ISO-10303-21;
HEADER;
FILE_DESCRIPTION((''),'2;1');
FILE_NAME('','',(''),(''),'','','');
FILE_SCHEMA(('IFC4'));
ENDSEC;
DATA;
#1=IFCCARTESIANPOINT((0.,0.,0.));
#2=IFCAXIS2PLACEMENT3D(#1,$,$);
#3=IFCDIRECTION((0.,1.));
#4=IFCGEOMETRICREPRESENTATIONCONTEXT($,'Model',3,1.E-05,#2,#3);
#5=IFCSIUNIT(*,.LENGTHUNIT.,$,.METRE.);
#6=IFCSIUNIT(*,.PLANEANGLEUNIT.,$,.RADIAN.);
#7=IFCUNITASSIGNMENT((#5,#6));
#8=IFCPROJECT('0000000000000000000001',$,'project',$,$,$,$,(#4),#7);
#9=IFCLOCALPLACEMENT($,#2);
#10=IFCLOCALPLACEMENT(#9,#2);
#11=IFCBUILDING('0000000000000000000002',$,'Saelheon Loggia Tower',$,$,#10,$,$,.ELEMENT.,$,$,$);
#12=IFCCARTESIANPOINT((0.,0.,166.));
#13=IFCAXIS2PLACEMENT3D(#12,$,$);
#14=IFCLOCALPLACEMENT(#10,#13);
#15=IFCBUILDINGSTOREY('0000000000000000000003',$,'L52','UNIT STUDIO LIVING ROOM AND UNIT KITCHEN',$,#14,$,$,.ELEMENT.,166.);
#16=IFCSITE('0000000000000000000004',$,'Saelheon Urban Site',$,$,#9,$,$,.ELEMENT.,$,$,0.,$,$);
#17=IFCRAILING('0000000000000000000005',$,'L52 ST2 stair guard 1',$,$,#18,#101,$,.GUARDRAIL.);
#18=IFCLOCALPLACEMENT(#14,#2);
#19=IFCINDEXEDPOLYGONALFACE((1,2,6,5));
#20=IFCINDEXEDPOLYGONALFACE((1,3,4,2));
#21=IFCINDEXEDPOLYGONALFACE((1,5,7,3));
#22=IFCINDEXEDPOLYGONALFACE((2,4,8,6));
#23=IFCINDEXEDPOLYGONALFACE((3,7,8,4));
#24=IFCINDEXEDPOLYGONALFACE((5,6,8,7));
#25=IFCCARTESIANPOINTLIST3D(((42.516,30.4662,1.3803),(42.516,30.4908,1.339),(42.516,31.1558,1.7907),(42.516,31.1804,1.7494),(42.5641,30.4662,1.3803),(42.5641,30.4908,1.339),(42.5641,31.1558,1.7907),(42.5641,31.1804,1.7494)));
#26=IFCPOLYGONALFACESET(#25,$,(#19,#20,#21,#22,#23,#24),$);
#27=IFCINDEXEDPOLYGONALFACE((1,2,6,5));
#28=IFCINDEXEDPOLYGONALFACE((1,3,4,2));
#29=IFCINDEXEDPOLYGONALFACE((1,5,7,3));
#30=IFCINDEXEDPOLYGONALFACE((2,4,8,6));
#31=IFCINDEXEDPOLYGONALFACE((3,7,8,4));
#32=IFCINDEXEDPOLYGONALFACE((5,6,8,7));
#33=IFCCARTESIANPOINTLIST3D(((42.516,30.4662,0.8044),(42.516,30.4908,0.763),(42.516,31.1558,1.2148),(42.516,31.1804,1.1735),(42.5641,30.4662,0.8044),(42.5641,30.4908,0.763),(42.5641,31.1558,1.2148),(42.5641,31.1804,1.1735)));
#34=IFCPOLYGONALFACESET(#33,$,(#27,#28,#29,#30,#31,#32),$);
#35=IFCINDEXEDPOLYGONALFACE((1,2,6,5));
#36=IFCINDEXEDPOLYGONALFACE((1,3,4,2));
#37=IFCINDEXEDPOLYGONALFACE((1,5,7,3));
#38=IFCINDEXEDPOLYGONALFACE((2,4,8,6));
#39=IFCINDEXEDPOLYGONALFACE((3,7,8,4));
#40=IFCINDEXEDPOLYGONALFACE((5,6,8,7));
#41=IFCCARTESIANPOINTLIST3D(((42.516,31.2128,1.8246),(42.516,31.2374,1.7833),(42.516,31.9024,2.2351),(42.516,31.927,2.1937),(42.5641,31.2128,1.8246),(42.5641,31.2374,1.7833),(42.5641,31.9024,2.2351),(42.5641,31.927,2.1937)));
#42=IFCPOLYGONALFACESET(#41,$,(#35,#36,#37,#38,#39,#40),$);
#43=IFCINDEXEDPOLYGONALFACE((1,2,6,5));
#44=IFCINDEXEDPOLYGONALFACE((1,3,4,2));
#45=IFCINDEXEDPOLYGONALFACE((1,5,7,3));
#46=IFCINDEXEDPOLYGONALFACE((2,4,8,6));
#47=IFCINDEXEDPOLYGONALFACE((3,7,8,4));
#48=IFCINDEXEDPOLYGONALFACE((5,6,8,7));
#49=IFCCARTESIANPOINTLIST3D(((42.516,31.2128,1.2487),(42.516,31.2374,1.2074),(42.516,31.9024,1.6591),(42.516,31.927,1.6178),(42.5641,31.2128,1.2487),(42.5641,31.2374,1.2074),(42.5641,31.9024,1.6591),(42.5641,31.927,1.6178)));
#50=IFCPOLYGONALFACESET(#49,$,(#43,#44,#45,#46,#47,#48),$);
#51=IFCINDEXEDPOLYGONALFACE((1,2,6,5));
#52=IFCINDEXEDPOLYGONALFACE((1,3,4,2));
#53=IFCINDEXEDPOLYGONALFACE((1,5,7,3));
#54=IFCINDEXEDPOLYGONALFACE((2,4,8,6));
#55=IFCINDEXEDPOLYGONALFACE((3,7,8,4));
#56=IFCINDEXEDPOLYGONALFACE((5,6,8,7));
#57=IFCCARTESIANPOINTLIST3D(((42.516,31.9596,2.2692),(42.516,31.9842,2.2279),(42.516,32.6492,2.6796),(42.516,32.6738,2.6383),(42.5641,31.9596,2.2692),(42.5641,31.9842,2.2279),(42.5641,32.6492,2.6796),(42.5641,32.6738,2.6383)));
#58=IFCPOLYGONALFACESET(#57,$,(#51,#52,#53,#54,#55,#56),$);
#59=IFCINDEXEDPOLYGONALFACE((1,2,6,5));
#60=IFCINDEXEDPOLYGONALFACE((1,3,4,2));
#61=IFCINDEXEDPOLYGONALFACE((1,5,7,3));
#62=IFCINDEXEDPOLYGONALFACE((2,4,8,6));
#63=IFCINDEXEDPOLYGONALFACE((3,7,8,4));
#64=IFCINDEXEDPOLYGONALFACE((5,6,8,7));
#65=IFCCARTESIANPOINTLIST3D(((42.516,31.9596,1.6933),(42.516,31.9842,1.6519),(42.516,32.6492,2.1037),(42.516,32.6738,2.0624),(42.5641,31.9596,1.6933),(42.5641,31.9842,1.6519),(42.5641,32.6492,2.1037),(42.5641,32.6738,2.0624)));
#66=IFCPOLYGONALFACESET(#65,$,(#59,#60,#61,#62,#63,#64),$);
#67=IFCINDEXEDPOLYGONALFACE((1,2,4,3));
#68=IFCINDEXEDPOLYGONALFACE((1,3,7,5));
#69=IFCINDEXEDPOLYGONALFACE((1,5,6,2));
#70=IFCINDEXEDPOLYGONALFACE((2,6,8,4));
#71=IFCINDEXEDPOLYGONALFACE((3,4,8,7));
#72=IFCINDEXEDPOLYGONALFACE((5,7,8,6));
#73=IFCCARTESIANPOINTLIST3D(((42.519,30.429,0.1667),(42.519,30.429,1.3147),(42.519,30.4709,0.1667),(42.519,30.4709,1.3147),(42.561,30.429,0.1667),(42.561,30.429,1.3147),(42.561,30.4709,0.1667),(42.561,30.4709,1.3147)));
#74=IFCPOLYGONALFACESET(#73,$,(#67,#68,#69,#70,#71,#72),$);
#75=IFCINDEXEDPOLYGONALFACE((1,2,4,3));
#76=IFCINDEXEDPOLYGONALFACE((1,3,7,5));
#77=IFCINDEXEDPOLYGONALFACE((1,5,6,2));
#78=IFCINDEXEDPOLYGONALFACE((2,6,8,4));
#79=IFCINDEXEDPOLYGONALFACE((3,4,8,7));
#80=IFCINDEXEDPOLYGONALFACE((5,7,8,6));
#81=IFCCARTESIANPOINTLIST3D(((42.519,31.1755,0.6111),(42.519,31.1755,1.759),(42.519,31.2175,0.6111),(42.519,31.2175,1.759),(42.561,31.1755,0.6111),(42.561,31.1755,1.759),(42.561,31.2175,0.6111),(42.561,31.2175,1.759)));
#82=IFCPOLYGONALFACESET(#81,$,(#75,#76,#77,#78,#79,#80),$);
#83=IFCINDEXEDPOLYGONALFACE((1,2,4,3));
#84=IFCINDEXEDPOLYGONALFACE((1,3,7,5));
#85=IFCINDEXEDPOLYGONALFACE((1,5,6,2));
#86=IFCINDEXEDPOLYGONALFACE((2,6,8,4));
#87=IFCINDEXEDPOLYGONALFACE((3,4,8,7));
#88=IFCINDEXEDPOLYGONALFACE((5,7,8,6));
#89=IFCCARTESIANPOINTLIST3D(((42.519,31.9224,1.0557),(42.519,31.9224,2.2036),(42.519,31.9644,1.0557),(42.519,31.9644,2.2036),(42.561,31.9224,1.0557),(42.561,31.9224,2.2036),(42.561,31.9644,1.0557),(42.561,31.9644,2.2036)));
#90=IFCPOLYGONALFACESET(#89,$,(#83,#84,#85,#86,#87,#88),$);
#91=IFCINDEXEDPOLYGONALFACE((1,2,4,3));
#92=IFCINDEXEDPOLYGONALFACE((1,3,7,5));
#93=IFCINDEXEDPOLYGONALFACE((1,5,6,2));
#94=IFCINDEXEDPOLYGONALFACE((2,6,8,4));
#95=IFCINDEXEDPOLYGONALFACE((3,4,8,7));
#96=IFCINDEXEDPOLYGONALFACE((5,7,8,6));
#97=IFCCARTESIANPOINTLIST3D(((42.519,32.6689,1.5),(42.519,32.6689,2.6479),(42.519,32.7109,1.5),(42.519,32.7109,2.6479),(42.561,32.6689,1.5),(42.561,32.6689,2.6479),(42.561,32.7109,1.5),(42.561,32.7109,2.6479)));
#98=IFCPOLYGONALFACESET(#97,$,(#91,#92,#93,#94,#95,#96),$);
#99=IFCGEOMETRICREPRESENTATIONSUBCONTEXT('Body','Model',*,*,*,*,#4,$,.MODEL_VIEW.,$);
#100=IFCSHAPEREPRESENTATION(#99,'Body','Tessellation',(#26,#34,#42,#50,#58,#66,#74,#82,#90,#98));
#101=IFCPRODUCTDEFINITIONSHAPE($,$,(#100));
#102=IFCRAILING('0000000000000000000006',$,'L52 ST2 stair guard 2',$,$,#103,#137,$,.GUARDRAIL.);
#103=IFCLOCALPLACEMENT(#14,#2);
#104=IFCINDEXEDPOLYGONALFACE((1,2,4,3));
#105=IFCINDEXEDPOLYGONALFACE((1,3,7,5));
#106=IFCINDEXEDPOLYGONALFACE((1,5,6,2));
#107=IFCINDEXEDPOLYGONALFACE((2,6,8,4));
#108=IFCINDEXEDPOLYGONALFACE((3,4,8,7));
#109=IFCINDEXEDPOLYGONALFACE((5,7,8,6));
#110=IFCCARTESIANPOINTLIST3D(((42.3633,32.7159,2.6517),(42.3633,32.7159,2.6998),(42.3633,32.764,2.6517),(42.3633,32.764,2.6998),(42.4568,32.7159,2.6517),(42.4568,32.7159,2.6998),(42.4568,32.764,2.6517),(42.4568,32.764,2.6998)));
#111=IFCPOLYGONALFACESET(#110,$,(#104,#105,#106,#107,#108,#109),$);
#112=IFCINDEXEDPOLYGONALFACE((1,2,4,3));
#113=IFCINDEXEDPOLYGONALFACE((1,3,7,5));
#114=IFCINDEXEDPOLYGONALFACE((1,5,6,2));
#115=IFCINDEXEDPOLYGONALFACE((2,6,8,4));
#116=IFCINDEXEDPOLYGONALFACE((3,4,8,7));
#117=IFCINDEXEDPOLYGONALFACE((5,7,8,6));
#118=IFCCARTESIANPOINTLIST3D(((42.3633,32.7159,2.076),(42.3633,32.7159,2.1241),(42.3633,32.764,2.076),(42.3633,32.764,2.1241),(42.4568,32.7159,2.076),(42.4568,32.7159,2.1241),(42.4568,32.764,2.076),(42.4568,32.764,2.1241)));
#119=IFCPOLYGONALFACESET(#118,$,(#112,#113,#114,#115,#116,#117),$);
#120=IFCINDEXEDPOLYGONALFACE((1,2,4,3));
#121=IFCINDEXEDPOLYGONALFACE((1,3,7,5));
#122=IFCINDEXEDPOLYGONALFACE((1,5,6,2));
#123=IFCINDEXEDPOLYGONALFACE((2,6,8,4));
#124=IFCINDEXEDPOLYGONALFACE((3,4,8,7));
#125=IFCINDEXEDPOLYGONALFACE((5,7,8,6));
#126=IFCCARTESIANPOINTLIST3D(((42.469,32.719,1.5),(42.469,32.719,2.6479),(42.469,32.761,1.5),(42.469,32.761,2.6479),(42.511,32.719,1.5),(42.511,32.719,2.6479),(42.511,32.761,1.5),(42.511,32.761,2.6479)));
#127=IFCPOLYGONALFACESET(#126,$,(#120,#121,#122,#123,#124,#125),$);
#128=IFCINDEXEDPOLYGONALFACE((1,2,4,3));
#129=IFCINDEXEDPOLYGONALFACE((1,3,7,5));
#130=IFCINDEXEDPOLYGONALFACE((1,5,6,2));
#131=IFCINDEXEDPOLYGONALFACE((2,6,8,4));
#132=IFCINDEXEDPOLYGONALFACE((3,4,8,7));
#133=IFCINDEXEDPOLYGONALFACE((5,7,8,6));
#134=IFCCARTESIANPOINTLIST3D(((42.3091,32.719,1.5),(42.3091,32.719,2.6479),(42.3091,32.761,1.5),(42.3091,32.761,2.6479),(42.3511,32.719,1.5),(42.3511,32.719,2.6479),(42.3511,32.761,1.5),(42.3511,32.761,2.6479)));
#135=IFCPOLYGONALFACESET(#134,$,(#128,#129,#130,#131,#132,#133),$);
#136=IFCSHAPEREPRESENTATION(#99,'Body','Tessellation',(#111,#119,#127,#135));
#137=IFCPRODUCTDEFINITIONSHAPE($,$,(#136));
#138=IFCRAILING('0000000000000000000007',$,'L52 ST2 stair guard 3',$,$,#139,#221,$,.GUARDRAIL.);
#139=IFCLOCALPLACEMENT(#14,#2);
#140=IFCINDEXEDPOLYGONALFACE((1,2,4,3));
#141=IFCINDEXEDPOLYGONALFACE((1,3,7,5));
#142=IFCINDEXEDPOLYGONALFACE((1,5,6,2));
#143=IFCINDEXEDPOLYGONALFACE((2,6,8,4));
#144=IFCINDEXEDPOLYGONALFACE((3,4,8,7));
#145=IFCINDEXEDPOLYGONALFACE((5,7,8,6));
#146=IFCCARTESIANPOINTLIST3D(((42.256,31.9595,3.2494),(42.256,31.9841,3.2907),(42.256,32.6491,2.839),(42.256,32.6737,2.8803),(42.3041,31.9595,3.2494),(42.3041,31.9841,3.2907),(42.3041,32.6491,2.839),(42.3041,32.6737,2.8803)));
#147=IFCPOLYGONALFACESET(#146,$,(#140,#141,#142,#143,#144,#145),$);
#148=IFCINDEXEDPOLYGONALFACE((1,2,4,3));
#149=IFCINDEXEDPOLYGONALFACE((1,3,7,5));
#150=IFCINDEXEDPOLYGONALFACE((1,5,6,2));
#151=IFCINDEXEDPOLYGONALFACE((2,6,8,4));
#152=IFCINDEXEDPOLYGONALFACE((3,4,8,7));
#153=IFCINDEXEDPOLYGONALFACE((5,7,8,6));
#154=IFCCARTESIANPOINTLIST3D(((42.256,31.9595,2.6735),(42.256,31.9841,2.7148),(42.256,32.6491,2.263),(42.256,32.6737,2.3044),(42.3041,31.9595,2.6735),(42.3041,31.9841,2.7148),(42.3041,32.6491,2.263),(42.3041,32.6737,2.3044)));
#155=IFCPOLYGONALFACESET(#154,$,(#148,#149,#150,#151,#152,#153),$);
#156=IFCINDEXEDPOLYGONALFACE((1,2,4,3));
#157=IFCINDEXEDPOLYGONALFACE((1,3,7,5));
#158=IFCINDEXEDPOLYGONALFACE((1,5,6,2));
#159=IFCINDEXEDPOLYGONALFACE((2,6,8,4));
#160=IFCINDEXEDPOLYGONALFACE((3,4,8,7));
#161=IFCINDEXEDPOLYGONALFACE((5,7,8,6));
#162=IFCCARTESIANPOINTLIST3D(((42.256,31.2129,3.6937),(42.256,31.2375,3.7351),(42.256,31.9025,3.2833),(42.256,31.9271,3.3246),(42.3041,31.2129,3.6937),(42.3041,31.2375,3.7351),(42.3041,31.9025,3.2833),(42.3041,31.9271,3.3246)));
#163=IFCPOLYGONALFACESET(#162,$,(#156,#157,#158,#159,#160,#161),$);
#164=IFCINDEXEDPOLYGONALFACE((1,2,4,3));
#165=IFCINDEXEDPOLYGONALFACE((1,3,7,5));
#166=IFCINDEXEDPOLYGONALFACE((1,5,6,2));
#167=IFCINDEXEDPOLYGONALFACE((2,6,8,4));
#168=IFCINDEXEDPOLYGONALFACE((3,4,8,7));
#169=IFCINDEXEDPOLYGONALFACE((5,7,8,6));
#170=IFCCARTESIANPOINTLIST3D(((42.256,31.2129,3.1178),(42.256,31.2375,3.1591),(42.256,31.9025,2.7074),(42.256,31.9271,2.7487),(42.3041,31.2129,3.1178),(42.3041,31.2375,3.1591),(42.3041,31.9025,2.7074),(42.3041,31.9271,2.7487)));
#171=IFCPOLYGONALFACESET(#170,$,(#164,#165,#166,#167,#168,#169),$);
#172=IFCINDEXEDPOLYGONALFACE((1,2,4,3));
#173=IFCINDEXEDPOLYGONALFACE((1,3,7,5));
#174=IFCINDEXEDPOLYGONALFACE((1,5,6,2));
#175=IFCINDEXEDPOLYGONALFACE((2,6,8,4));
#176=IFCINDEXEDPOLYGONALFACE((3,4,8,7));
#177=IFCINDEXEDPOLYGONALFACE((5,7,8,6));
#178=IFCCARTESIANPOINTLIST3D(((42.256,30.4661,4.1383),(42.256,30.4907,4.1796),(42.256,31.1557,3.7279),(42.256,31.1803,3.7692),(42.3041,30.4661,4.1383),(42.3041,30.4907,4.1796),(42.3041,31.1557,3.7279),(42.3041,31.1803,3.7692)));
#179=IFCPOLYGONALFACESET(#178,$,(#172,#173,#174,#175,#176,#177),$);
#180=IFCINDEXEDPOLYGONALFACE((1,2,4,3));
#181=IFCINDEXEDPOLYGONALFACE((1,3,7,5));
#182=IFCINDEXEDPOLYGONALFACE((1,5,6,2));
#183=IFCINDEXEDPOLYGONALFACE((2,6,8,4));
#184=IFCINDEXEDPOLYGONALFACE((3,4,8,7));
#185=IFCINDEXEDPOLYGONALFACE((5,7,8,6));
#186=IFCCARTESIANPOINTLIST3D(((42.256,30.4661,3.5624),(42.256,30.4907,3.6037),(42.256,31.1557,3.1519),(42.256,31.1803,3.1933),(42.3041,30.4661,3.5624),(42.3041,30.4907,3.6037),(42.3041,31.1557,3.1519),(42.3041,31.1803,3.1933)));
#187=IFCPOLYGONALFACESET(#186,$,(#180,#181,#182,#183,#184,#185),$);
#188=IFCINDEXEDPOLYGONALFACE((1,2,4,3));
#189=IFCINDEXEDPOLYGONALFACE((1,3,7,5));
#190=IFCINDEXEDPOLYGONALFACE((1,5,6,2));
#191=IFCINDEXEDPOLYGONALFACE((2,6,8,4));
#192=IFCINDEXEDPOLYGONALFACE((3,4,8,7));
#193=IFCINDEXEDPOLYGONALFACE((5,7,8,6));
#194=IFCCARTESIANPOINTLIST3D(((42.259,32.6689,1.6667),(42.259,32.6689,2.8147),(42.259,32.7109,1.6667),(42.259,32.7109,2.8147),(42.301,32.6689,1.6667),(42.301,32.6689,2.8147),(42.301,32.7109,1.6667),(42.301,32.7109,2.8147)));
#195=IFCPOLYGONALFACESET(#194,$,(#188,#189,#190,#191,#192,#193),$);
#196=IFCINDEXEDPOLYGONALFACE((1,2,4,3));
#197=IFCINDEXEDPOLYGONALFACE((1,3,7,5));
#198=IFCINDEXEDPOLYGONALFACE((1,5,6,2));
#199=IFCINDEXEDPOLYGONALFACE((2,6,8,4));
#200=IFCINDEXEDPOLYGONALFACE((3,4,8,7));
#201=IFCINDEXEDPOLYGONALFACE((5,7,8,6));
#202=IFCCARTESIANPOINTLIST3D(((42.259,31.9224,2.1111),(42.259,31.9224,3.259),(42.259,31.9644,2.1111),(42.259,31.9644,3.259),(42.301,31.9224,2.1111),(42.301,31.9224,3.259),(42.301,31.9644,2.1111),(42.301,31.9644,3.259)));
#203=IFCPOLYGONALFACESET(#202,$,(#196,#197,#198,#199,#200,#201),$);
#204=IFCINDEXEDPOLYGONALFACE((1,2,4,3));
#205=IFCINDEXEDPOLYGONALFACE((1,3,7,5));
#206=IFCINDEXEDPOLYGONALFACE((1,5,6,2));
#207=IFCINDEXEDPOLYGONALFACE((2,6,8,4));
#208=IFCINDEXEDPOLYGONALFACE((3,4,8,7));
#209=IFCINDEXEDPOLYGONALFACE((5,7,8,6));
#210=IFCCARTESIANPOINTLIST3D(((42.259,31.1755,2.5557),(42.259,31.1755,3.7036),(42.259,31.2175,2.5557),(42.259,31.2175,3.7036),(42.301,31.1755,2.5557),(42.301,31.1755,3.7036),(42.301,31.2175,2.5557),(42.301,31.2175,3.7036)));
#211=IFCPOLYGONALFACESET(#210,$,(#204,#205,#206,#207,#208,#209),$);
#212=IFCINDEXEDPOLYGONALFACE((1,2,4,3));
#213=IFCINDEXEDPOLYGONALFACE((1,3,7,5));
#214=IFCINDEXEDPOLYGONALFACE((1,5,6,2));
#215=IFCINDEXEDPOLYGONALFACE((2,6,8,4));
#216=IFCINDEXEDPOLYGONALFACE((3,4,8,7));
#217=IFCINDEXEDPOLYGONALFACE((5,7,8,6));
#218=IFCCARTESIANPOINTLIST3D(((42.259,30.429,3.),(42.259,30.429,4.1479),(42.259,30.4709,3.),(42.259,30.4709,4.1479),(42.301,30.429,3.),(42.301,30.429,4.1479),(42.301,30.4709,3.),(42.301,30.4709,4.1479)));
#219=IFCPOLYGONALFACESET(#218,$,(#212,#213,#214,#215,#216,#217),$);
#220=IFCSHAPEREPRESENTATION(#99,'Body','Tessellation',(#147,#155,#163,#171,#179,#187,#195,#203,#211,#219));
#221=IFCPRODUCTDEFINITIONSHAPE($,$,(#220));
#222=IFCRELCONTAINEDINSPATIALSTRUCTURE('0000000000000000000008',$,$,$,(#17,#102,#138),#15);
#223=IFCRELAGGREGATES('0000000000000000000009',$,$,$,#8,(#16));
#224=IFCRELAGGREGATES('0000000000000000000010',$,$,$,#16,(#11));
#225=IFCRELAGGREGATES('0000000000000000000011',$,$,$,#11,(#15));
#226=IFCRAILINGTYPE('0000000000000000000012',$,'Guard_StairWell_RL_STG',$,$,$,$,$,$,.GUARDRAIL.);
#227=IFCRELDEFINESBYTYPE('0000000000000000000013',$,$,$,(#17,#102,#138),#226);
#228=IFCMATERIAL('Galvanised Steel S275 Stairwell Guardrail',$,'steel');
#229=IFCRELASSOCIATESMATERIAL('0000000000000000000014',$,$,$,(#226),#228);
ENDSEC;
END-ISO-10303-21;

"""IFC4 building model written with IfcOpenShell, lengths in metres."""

from ifc_helpers import new_model, si_unit, direction, frame, origin, origin_2d, place, context, subcontext, project, spatial, rectangle, extrude, material, type_object, element, save


model = new_model("IFC4")

# Units and contexts
model_context = context("Model", 3, precision=1e-05, world=origin(), true_north=direction((0.0, 1.0)))
body_context = subcontext(model_context, "Body", "Model", "MODEL_VIEW")
ifc_project = project(units=[si_unit("LENGTHUNIT", "METRE"), si_unit("PLANEANGLEUNIT", "RADIAN")], contexts=[model_context])

# Site, building, storey
site_placement = place(None, origin())
site = spatial("IfcSite", under=ifc_project, at=site_placement, Name="Saelheon Urban Site", CompositionType="ELEMENT", RefElevation=0.0)
building_placement = place(site_placement, origin())
building = spatial("IfcBuilding", under=site, at=building_placement, Name="Saelheon Loggia Tower", CompositionType="ELEMENT")
storey_placement = place(building_placement, frame((0.0, 0.0, 166.0)))
storey = spatial("IfcBuildingStorey", under=building, at=storey_placement, Name="L52", Description="UNIT STUDIO LIVING ROOM AND UNIT KITCHEN", CompositionType="ELEMENT", Elevation=166.0)

# Railings
ifc_material_1 = material(Name="Galvanised Steel S275 Stairwell Guardrail", Category="steel")
railing_type_1 = type_object("IfcRailingType", Name="Guard_StairWell_RL_STG", PredefinedType="GUARDRAIL", material=ifc_material_1)
railing_1_placement = place(storey_placement, frame((42.54, 30.45, 0.1667)))
element("IfcRailing", 1, at=railing_1_placement, inside=storey, type_object=railing_type_1, Name="L52 ST2 stair guard 1", PredefinedType="GUARDRAIL", context=body_context, shape_type="SweptSolid", body=[
    extrude(rectangle(XDim=0.0481, YDim=0.0481, at=origin_2d()), frame((0.0, 0.0286, 1.1929), z_axis=(0.0, 0.859306, 0.511462), x_axis=(-1.0, 0.0, 0.0)), (0.0, 0.0, 1.0), 0.8025),
    extrude(rectangle(XDim=0.0481, YDim=0.0481, at=origin_2d()), frame((0.0, 0.0286, 0.6169), z_axis=(0.0, 0.859306, 0.511462), x_axis=(-1.0, 0.0, 0.0)), (0.0, 0.0, 1.0), 0.8025),
    extrude(rectangle(XDim=0.0481, YDim=0.0481, at=origin_2d()), frame((0.0, 0.7751, 1.6372), z_axis=(0.0, 0.859306, 0.511462), x_axis=(-1.0, 0.0, 0.0)), (0.0, 0.0, 1.0), 0.8025),
    extrude(rectangle(XDim=0.0481, YDim=0.0481, at=origin_2d()), frame((0.0, 0.7751, 1.0613), z_axis=(0.0, 0.859306, 0.511462), x_axis=(-1.0, 0.0, 0.0)), (0.0, 0.0, 1.0), 0.8025),
    extrude(rectangle(XDim=0.0481, YDim=0.0481, at=origin_2d()), frame((0.0, 1.522, 2.0818), z_axis=(0.0, 0.859306, 0.511462), x_axis=(-1.0, 0.0, 0.0)), (0.0, 0.0, 1.0), 0.8025),
    extrude(rectangle(XDim=0.0481, YDim=0.0481, at=origin_2d()), frame((0.0, 1.522, 1.5059), z_axis=(0.0, 0.859306, 0.511462), x_axis=(-1.0, 0.0, 0.0)), (0.0, 0.0, 1.0), 0.8025),
    extrude(rectangle(XDim=0.042, YDim=0.042, at=origin_2d()), origin(), (0.0, 0.0, 1.0), 1.1479),
    extrude(rectangle(XDim=0.042, YDim=0.042, at=origin_2d()), frame((0.0, 0.7466, 0.4443)), (0.0, 0.0, 1.0), 1.1479),
    extrude(rectangle(XDim=0.042, YDim=0.042, at=origin_2d()), frame((0.0, 1.4934, 0.8889)), (0.0, 0.0, 1.0), 1.1479),
    extrude(rectangle(XDim=0.042, YDim=0.042, at=origin_2d()), frame((0.0, 2.24, 1.3333)), (0.0, 0.0, 1.0), 1.1479),
])
railing_2_placement = place(storey_placement, frame((42.49, 32.74, 1.5)))
element("IfcRailing", 2, at=railing_2_placement, inside=storey, type_object=railing_type_1, Name="L52 ST2 stair guard 2", PredefinedType="GUARDRAIL", context=body_context, shape_type="SweptSolid", body=[
    extrude(rectangle(XDim=0.0481, YDim=0.0481, at=origin_2d()), frame((-0.0332, 0.0, 1.1758), z_axis=(-1.0, 0.0, 0.0), x_axis=(0.0, -1.0, 0.0)), (0.0, 0.0, 1.0), 0.0935),
    extrude(rectangle(XDim=0.0481, YDim=0.0481, at=origin_2d()), frame((-0.0332, 0.0, 0.6001), z_axis=(-1.0, 0.0, 0.0), x_axis=(0.0, -1.0, 0.0)), (0.0, 0.0, 1.0), 0.0935),
    extrude(rectangle(XDim=0.042, YDim=0.042, at=origin_2d()), origin(), (0.0, 0.0, 1.0), 1.1479),
    extrude(rectangle(XDim=0.042, YDim=0.042, at=origin_2d()), frame((-0.1599, 0.0, 0.0)), (0.0, 0.0, 1.0), 1.1479),
])
railing_3_placement = place(storey_placement, frame((42.28, 32.6899, 1.6667)))
element("IfcRailing", 3, at=railing_3_placement, inside=storey, type_object=railing_type_1, Name="L52 ST2 stair guard 3", PredefinedType="GUARDRAIL", context=body_context, shape_type="SweptSolid", body=[
    extrude(rectangle(XDim=0.0481, YDim=0.0481, at=origin_2d()), frame((0.0, -0.0286, 1.1929), z_axis=(0.0, -0.859306, 0.511462), x_axis=(1.0, 0.0, 0.0)), (0.0, 0.0, 1.0), 0.8025),
    extrude(rectangle(XDim=0.0481, YDim=0.0481, at=origin_2d()), frame((0.0, -0.0286, 0.6169), z_axis=(0.0, -0.859306, 0.511462), x_axis=(1.0, 0.0, 0.0)), (0.0, 0.0, 1.0), 0.8025),
    extrude(rectangle(XDim=0.0481, YDim=0.0481, at=origin_2d()), frame((0.0, -0.7751, 1.6372), z_axis=(0.0, -0.859306, 0.511462), x_axis=(1.0, 0.0, 0.0)), (0.0, 0.0, 1.0), 0.8025),
    extrude(rectangle(XDim=0.0481, YDim=0.0481, at=origin_2d()), frame((0.0, -0.7751, 1.0613), z_axis=(0.0, -0.859306, 0.511462), x_axis=(1.0, 0.0, 0.0)), (0.0, 0.0, 1.0), 0.8025),
    extrude(rectangle(XDim=0.0481, YDim=0.0481, at=origin_2d()), frame((0.0, -1.522, 2.0818), z_axis=(0.0, -0.859306, 0.511462), x_axis=(1.0, 0.0, 0.0)), (0.0, 0.0, 1.0), 0.8025),
    extrude(rectangle(XDim=0.0481, YDim=0.0481, at=origin_2d()), frame((0.0, -1.522, 1.5059), z_axis=(0.0, -0.859306, 0.511462), x_axis=(1.0, 0.0, 0.0)), (0.0, 0.0, 1.0), 0.8025),
    extrude(rectangle(XDim=0.042, YDim=0.042, at=origin_2d()), origin(), (0.0, 0.0, 1.0), 1.1479),
    extrude(rectangle(XDim=0.042, YDim=0.042, at=origin_2d()), frame((0.0, -0.7466, 0.4443)), (0.0, 0.0, 1.0), 1.1479),
    extrude(rectangle(XDim=0.042, YDim=0.042, at=origin_2d()), frame((0.0, -1.4934, 0.8889)), (0.0, 0.0, 1.0), 1.1479),
    extrude(rectangle(XDim=0.042, YDim=0.042, at=origin_2d()), frame((0.0, -2.24, 1.3333)), (0.0, 0.0, 1.0), 1.1479),
])

save(model, "model.ifc")
